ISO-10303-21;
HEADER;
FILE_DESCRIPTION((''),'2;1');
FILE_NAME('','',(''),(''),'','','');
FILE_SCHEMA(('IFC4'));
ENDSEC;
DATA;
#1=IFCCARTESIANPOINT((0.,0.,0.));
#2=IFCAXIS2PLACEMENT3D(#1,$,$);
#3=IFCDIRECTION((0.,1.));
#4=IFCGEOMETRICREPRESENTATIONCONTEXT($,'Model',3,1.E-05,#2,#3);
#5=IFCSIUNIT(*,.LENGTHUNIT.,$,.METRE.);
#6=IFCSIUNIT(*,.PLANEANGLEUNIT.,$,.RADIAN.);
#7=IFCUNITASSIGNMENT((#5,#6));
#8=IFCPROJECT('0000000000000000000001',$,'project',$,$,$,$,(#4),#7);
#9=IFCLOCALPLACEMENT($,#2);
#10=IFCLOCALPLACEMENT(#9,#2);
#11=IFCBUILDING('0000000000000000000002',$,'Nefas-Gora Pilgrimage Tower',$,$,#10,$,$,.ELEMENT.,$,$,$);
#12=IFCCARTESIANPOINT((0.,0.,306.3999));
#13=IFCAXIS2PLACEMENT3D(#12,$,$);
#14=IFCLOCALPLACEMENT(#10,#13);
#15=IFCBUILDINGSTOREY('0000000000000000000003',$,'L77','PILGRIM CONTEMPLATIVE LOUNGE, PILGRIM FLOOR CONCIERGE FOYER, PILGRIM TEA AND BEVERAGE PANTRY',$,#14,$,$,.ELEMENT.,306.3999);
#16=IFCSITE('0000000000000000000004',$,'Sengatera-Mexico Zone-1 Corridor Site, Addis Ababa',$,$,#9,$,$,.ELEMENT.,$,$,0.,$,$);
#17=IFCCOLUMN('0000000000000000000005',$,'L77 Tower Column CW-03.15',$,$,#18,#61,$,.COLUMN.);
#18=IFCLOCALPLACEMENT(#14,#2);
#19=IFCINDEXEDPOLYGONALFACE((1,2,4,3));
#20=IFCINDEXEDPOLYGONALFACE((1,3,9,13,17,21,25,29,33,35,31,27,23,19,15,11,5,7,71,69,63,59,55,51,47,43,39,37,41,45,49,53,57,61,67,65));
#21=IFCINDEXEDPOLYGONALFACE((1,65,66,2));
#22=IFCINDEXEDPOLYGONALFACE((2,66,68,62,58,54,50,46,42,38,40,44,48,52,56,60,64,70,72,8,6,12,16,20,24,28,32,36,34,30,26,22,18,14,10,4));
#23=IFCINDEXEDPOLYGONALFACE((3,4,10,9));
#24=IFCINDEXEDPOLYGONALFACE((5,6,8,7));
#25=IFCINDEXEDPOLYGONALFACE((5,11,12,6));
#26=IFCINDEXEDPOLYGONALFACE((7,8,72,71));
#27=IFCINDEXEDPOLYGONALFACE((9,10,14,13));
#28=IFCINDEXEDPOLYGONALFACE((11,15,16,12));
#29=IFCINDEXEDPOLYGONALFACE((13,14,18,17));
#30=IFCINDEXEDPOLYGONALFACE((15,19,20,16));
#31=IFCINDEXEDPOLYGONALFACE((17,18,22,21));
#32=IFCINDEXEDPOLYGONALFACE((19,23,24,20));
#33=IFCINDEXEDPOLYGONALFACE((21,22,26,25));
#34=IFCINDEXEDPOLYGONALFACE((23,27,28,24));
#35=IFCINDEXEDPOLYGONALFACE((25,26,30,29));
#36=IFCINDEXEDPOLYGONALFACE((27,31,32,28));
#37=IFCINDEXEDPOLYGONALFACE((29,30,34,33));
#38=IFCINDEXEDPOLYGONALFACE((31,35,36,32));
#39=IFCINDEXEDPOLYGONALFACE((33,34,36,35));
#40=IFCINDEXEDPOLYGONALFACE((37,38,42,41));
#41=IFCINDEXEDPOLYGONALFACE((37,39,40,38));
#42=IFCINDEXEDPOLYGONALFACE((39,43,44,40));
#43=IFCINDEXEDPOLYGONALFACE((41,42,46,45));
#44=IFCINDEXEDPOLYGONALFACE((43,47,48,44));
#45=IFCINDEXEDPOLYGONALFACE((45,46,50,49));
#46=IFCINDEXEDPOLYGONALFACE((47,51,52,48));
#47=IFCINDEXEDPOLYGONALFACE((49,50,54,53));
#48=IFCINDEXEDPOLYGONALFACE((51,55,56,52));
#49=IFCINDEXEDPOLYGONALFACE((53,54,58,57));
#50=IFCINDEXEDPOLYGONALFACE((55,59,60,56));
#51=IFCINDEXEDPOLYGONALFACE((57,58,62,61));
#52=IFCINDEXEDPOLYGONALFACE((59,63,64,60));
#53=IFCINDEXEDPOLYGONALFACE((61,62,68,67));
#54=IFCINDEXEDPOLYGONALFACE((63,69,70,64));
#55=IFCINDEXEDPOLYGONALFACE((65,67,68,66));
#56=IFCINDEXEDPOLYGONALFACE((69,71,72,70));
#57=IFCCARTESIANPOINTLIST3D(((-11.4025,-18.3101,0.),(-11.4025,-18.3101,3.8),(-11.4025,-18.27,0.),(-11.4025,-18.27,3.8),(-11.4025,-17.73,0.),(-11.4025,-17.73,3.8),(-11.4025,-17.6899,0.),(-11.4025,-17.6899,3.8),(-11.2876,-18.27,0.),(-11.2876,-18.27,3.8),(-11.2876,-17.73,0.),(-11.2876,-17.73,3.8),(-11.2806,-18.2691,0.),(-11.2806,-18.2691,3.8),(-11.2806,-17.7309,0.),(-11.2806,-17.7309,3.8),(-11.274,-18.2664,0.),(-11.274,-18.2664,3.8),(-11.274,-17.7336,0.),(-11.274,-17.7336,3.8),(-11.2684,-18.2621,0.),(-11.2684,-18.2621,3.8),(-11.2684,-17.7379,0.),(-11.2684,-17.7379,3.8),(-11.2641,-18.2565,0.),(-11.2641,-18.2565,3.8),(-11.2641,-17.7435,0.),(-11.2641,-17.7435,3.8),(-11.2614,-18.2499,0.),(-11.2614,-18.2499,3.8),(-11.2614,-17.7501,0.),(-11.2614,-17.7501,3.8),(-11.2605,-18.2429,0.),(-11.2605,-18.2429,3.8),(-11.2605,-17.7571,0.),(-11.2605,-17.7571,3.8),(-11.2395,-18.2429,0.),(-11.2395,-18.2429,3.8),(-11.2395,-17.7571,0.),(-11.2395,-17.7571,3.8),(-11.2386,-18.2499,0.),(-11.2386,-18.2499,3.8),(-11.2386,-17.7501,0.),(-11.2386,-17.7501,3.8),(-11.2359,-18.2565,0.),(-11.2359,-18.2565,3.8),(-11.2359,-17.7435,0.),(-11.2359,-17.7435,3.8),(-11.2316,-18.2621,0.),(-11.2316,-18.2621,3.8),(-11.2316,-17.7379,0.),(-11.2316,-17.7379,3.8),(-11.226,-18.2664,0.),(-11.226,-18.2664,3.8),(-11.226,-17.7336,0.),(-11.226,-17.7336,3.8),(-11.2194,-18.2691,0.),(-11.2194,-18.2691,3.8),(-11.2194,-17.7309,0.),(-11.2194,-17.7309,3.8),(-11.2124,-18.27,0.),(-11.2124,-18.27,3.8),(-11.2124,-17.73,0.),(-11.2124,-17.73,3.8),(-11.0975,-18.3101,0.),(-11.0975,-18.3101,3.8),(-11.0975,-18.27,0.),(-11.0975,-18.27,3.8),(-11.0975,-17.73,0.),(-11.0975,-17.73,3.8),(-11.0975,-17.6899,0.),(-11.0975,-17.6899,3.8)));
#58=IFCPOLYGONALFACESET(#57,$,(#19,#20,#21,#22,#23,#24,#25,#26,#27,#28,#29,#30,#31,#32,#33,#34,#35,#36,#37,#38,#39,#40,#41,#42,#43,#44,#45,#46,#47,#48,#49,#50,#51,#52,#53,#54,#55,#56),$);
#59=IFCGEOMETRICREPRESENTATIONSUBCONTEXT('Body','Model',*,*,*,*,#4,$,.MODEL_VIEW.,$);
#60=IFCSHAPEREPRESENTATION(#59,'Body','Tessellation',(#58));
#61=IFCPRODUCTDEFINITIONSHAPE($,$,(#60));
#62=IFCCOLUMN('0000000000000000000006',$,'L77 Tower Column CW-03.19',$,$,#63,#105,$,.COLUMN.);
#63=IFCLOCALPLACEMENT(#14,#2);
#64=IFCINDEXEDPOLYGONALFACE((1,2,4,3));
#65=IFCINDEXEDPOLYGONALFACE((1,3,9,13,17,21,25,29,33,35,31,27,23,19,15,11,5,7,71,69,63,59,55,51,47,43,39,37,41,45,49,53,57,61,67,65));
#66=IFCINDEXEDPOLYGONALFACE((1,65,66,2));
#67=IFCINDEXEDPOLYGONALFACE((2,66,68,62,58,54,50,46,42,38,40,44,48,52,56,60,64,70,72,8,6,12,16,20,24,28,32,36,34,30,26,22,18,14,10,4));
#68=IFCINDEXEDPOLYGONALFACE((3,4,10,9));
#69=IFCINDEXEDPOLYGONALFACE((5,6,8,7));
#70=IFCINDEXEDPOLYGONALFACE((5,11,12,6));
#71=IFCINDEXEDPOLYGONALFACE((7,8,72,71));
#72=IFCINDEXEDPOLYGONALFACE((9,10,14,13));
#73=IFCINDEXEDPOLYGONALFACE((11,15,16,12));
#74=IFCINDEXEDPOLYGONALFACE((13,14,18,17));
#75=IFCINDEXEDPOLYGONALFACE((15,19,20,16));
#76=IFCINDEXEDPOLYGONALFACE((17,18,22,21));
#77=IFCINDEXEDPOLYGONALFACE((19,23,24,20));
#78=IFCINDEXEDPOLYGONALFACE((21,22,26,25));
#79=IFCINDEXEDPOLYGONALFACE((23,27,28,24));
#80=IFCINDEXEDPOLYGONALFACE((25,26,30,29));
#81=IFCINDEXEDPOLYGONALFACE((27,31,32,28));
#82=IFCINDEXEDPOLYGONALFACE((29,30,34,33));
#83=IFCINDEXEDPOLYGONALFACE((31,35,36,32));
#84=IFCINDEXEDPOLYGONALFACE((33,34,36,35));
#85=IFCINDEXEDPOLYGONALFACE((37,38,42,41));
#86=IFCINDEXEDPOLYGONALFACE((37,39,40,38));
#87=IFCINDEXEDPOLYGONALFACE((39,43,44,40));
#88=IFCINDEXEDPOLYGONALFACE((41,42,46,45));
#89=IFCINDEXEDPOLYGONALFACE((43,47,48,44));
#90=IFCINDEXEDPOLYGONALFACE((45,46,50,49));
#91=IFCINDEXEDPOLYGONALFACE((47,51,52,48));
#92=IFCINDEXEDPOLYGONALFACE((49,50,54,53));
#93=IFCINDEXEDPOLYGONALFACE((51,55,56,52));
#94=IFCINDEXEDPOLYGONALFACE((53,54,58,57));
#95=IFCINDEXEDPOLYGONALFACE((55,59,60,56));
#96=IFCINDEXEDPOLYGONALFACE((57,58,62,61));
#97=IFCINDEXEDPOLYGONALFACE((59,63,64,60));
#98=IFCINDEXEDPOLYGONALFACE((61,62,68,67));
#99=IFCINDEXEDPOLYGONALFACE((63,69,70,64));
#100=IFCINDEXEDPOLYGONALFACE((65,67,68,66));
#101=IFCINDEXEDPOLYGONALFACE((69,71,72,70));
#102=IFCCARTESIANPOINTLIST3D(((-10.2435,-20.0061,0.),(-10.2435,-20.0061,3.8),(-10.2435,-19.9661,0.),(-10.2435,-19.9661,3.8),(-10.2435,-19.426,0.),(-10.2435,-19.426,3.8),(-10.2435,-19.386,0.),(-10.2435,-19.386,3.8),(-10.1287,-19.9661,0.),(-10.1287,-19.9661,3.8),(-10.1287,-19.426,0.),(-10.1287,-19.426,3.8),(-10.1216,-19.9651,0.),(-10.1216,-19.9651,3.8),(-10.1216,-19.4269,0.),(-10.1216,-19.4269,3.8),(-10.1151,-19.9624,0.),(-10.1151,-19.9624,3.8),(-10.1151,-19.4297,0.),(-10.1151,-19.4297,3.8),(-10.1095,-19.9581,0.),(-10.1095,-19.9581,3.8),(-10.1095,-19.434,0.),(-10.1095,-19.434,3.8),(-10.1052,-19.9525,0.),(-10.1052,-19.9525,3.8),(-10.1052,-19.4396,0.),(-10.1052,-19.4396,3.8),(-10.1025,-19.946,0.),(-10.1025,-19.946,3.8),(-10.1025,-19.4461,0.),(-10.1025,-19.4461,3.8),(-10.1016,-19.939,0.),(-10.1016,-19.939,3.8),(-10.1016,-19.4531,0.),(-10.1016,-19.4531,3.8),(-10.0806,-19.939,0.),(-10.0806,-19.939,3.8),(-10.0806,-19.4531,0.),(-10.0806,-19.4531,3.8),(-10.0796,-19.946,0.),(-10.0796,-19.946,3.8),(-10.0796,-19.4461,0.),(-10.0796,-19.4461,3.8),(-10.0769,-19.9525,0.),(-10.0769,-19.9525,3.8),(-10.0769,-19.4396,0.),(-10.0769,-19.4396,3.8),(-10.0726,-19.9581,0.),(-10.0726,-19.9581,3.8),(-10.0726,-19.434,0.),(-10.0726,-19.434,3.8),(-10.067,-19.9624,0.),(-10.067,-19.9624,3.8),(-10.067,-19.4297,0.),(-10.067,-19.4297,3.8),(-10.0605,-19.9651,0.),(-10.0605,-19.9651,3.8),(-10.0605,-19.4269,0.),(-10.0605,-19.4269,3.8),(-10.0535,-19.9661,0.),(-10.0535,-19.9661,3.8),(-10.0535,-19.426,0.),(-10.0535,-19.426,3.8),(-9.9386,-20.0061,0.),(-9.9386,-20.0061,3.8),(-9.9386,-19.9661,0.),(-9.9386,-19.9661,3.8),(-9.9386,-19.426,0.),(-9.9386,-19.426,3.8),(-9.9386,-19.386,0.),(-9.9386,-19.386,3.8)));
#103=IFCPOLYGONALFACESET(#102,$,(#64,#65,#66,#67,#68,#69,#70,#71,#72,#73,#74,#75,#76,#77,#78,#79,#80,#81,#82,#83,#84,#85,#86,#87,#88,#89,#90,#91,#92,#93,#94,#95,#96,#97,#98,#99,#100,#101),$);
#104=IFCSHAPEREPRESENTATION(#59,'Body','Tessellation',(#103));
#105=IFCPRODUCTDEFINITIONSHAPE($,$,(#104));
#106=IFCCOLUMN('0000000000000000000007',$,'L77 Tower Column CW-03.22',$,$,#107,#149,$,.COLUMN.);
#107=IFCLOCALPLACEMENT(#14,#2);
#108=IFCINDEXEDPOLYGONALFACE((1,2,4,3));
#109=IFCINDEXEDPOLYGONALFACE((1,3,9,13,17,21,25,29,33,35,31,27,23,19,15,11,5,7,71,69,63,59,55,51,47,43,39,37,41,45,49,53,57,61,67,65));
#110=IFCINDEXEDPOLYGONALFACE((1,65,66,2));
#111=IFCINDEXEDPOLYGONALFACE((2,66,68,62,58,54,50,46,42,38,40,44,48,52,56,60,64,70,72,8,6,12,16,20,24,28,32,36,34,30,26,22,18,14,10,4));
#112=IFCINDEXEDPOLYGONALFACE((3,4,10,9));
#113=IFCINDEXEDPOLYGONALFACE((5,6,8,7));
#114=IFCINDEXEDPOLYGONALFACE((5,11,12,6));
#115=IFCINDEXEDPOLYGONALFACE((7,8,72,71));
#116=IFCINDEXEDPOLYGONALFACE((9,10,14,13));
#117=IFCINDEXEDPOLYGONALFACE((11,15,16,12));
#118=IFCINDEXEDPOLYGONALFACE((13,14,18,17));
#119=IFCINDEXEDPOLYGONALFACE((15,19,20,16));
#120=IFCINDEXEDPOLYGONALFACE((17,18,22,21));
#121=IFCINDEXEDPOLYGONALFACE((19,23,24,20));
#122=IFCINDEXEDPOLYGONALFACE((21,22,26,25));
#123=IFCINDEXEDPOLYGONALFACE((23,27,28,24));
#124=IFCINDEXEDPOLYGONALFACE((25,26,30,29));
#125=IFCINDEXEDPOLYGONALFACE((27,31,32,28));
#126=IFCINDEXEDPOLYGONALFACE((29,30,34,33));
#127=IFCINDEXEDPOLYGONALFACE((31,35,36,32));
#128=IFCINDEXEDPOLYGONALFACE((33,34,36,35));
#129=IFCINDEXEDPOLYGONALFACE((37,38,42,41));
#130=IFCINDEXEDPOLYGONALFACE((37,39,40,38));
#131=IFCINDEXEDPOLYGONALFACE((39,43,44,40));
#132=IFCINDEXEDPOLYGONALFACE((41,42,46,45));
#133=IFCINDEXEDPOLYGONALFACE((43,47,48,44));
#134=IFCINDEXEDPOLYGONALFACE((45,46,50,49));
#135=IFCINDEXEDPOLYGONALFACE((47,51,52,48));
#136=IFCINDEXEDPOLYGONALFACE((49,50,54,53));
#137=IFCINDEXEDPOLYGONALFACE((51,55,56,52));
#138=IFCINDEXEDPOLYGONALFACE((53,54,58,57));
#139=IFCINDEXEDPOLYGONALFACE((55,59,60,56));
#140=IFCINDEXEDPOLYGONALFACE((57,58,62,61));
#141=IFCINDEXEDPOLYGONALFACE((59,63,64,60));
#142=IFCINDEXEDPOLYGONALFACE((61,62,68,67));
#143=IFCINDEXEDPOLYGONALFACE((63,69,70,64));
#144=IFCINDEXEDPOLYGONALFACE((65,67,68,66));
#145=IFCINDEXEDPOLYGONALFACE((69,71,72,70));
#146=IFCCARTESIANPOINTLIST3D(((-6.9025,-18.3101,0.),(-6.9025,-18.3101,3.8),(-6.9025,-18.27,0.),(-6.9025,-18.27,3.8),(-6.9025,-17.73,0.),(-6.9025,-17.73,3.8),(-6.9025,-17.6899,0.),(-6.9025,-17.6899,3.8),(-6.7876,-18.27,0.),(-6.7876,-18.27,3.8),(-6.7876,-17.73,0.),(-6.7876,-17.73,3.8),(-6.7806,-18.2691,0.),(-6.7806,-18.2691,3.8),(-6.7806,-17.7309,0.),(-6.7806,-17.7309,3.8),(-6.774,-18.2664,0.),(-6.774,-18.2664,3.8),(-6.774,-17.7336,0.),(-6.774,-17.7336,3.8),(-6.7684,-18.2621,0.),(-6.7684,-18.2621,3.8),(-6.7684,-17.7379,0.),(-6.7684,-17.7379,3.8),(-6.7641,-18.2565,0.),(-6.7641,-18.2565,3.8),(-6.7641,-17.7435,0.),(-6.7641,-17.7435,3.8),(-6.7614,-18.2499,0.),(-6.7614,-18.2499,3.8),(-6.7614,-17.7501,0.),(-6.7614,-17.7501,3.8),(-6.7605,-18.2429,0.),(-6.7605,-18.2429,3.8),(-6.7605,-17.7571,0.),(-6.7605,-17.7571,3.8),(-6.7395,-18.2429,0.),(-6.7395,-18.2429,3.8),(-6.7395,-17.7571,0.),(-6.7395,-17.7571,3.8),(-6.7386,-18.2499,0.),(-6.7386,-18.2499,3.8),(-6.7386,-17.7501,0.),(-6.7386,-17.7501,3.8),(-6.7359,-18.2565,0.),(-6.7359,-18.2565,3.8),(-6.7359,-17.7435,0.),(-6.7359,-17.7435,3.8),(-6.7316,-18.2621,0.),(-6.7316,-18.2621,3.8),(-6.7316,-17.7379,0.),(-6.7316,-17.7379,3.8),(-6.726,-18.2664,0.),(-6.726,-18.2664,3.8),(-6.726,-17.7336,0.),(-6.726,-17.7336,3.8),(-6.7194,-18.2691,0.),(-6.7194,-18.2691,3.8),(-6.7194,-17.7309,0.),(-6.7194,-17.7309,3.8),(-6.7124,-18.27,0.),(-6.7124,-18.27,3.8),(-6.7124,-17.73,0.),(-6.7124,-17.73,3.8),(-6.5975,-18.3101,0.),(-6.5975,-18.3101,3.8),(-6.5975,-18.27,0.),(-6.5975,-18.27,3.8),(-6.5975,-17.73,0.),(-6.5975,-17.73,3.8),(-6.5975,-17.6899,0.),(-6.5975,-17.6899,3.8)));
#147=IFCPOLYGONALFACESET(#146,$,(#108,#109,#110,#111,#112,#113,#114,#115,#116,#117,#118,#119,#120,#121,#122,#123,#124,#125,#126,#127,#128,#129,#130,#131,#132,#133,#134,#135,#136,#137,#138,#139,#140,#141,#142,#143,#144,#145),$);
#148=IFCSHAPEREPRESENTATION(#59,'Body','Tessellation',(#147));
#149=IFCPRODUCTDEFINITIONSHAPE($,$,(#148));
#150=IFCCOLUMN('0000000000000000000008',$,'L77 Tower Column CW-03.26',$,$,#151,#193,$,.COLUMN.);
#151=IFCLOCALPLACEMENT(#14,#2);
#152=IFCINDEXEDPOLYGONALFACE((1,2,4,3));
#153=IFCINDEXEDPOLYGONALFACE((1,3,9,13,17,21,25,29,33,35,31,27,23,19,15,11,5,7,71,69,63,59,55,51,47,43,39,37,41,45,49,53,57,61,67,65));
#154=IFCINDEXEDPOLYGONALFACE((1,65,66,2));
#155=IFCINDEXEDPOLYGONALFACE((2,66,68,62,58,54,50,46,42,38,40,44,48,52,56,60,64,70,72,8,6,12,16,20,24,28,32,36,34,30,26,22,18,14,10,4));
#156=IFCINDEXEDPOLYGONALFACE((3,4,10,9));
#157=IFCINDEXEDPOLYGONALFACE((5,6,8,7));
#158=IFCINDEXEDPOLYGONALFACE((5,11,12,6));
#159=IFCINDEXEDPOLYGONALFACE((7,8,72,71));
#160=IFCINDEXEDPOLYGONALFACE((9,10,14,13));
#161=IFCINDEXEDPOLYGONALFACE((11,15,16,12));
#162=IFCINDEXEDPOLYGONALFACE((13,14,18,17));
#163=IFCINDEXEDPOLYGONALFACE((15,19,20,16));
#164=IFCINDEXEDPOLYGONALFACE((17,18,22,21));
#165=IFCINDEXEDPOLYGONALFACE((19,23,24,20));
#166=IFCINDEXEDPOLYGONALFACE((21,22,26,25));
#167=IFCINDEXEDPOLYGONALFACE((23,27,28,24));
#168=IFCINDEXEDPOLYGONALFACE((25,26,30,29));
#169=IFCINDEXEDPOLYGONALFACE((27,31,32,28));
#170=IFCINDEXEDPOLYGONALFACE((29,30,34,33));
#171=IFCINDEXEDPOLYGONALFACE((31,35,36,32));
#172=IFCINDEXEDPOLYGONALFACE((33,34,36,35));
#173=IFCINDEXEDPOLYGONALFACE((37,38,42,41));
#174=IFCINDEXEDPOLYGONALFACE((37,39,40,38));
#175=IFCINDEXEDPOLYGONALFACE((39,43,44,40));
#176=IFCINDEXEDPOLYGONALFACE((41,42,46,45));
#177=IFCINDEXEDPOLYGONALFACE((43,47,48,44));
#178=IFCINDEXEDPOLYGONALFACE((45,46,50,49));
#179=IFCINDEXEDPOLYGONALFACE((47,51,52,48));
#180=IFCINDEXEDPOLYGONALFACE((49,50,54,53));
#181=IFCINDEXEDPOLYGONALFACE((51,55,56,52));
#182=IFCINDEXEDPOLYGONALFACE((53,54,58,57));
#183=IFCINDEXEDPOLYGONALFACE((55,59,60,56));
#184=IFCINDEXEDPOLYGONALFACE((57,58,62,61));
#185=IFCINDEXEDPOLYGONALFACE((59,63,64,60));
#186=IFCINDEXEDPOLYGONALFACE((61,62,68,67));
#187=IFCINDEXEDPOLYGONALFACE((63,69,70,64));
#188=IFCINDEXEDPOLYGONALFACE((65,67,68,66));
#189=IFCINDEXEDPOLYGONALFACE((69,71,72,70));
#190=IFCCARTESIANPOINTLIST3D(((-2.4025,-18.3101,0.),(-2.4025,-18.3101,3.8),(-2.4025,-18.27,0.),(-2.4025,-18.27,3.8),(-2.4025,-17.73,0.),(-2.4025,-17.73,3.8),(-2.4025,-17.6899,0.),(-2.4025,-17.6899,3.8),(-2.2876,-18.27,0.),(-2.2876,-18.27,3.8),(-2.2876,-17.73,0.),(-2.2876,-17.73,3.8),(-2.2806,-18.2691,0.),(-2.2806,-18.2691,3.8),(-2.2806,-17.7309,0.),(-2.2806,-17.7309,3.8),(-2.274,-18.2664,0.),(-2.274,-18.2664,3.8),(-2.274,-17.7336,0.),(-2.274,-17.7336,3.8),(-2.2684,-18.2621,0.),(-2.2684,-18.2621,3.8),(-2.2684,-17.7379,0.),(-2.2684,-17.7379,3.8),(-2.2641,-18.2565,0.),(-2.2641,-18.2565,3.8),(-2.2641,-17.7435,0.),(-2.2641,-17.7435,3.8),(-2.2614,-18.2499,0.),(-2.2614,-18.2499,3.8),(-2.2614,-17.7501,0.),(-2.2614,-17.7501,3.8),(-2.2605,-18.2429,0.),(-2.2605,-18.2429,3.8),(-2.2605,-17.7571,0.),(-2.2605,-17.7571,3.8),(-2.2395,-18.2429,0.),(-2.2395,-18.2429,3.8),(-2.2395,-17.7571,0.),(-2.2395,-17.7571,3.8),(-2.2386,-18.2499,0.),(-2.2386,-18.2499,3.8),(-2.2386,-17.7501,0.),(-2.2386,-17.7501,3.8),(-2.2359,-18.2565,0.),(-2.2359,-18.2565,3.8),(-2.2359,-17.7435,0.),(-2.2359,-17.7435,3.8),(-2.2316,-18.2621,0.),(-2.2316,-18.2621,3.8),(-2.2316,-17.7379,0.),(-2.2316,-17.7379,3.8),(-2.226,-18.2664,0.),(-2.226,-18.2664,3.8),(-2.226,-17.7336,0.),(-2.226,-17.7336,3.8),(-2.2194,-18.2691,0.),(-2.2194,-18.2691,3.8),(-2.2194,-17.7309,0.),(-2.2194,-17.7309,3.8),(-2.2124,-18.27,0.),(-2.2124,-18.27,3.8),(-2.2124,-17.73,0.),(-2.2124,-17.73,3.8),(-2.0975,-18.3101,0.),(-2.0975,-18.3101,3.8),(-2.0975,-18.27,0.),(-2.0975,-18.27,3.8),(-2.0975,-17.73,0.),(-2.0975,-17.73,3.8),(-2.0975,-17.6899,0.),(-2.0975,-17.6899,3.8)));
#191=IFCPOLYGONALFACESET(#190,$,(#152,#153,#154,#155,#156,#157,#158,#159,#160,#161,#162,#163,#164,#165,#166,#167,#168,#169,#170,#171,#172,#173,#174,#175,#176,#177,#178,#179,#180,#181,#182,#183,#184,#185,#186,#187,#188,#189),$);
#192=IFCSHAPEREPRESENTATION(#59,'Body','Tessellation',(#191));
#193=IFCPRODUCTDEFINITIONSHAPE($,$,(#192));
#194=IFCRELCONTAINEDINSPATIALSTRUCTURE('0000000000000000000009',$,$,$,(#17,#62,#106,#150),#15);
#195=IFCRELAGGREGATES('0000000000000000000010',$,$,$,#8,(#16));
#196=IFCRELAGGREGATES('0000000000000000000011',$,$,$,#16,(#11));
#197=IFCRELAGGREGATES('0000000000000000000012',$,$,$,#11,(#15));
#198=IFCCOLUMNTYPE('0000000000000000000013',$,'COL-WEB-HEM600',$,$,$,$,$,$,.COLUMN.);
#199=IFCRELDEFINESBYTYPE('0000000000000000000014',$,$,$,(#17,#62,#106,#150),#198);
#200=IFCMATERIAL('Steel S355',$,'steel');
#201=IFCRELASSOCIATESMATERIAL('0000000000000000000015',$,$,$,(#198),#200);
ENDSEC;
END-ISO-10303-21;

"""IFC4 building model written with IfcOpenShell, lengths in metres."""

from ifc_helpers import new_model, si_unit, direction, frame, origin, origin_2d, place, context, subcontext, project, spatial, i_section, extrude, source, transform, mapped, material, material_profile, profile_set, type_object, element, save


model = new_model("IFC4")

# Units and contexts
model_context = context("Model", 3, precision=1e-05, world=origin(), true_north=direction((0.0, 1.0)))
body_context = subcontext(model_context, "Body", "Model", "MODEL_VIEW")
ifc_project = project(units=[si_unit("LENGTHUNIT", "METRE"), si_unit("PLANEANGLEUNIT", "RADIAN")], contexts=[model_context])

# Site, building, storey
site_placement = place(None, origin())
site = spatial("IfcSite", under=ifc_project, at=site_placement, Name="Sengatera-Mexico Zone-1 Corridor Site, Addis Ababa", CompositionType="ELEMENT", RefElevation=0.0)
building_placement = place(site_placement, origin())
building = spatial("IfcBuilding", under=site, at=building_placement, Name="Nefas-Gora Pilgrimage Tower", CompositionType="ELEMENT")
storey_placement = place(building_placement, frame((0.0, 0.0, 306.3999)))
storey = spatial("IfcBuildingStorey", under=building, at=storey_placement, Name="L77", Description="PILGRIM CONTEMPLATIVE LOUNGE, PILGRIM FLOOR CONCIERGE FOYER, PILGRIM TEA AND BEVERAGE PANTRY", CompositionType="ELEMENT", Elevation=306.3999)

# Columns
ifc_material_1 = material(Name="Steel S355", Category="steel")
ifc_material_profile_1 = material_profile(ifc_material_1, i_section(OverallWidth=0.3049, OverallDepth=0.6201, WebThickness=0.021, FlangeThickness=0.04, FilletRadius=0.0271, at=origin_2d()), Name="HEM 600")
ifc_profile_set_1 = profile_set([ifc_material_profile_1], Name="Steel S355")
column_type_1 = type_object("IfcColumnType", Name="COL-WEB-HEM600", PredefinedType="COLUMN", material=ifc_profile_set_1)
shared_shape_1 = source(origin(), body_context, "Body", "SweptSolid", [
    extrude(i_section(OverallWidth=0.3049, OverallDepth=0.6201, WebThickness=0.021, FlangeThickness=0.04, FilletRadius=0.0271, at=origin_2d()), origin(), (0.0, 0.0, 1.0), 3.8),
])
for number, where, z_axis, x_axis, name in (
    (1, (-11.25, -18.0, 0.0), (0.0, 0.0, 1.0), (1.0, 0.0, 0.0), "L77 Tower Column CW-03.15"),
    (2, (-10.0911, -19.696, 0.0), (0.0, 0.0, 1.0), (1.0, 0.0, 0.0), "L77 Tower Column CW-03.19"),
    (3, (-6.75, -18.0, 0.0), (0.0, 0.0, 1.0), (1.0, 0.0, 0.0), "L77 Tower Column CW-03.22"),
    (4, (-2.25, -18.0, 0.0), (0.0, 0.0, 1.0), (1.0, 0.0, 0.0), "L77 Tower Column CW-03.26"),
):
    element("IfcColumn", number, at=place(storey_placement, frame(where, z_axis=z_axis, x_axis=x_axis)), inside=storey, type_object=column_type_1, Name=name, PredefinedType="COLUMN", context=body_context, shape_type="MappedRepresentation", body=[
        mapped(shared_shape_1, transform((0.0, 0.0, 0.0), x_axis=(1.0, 0.0, 0.0), y_axis=(0.0, 1.0, 0.0), z_axis=(0.0, 0.0, 1.0), scale=1.0)),
    ])

save(model, "model.ifc")
